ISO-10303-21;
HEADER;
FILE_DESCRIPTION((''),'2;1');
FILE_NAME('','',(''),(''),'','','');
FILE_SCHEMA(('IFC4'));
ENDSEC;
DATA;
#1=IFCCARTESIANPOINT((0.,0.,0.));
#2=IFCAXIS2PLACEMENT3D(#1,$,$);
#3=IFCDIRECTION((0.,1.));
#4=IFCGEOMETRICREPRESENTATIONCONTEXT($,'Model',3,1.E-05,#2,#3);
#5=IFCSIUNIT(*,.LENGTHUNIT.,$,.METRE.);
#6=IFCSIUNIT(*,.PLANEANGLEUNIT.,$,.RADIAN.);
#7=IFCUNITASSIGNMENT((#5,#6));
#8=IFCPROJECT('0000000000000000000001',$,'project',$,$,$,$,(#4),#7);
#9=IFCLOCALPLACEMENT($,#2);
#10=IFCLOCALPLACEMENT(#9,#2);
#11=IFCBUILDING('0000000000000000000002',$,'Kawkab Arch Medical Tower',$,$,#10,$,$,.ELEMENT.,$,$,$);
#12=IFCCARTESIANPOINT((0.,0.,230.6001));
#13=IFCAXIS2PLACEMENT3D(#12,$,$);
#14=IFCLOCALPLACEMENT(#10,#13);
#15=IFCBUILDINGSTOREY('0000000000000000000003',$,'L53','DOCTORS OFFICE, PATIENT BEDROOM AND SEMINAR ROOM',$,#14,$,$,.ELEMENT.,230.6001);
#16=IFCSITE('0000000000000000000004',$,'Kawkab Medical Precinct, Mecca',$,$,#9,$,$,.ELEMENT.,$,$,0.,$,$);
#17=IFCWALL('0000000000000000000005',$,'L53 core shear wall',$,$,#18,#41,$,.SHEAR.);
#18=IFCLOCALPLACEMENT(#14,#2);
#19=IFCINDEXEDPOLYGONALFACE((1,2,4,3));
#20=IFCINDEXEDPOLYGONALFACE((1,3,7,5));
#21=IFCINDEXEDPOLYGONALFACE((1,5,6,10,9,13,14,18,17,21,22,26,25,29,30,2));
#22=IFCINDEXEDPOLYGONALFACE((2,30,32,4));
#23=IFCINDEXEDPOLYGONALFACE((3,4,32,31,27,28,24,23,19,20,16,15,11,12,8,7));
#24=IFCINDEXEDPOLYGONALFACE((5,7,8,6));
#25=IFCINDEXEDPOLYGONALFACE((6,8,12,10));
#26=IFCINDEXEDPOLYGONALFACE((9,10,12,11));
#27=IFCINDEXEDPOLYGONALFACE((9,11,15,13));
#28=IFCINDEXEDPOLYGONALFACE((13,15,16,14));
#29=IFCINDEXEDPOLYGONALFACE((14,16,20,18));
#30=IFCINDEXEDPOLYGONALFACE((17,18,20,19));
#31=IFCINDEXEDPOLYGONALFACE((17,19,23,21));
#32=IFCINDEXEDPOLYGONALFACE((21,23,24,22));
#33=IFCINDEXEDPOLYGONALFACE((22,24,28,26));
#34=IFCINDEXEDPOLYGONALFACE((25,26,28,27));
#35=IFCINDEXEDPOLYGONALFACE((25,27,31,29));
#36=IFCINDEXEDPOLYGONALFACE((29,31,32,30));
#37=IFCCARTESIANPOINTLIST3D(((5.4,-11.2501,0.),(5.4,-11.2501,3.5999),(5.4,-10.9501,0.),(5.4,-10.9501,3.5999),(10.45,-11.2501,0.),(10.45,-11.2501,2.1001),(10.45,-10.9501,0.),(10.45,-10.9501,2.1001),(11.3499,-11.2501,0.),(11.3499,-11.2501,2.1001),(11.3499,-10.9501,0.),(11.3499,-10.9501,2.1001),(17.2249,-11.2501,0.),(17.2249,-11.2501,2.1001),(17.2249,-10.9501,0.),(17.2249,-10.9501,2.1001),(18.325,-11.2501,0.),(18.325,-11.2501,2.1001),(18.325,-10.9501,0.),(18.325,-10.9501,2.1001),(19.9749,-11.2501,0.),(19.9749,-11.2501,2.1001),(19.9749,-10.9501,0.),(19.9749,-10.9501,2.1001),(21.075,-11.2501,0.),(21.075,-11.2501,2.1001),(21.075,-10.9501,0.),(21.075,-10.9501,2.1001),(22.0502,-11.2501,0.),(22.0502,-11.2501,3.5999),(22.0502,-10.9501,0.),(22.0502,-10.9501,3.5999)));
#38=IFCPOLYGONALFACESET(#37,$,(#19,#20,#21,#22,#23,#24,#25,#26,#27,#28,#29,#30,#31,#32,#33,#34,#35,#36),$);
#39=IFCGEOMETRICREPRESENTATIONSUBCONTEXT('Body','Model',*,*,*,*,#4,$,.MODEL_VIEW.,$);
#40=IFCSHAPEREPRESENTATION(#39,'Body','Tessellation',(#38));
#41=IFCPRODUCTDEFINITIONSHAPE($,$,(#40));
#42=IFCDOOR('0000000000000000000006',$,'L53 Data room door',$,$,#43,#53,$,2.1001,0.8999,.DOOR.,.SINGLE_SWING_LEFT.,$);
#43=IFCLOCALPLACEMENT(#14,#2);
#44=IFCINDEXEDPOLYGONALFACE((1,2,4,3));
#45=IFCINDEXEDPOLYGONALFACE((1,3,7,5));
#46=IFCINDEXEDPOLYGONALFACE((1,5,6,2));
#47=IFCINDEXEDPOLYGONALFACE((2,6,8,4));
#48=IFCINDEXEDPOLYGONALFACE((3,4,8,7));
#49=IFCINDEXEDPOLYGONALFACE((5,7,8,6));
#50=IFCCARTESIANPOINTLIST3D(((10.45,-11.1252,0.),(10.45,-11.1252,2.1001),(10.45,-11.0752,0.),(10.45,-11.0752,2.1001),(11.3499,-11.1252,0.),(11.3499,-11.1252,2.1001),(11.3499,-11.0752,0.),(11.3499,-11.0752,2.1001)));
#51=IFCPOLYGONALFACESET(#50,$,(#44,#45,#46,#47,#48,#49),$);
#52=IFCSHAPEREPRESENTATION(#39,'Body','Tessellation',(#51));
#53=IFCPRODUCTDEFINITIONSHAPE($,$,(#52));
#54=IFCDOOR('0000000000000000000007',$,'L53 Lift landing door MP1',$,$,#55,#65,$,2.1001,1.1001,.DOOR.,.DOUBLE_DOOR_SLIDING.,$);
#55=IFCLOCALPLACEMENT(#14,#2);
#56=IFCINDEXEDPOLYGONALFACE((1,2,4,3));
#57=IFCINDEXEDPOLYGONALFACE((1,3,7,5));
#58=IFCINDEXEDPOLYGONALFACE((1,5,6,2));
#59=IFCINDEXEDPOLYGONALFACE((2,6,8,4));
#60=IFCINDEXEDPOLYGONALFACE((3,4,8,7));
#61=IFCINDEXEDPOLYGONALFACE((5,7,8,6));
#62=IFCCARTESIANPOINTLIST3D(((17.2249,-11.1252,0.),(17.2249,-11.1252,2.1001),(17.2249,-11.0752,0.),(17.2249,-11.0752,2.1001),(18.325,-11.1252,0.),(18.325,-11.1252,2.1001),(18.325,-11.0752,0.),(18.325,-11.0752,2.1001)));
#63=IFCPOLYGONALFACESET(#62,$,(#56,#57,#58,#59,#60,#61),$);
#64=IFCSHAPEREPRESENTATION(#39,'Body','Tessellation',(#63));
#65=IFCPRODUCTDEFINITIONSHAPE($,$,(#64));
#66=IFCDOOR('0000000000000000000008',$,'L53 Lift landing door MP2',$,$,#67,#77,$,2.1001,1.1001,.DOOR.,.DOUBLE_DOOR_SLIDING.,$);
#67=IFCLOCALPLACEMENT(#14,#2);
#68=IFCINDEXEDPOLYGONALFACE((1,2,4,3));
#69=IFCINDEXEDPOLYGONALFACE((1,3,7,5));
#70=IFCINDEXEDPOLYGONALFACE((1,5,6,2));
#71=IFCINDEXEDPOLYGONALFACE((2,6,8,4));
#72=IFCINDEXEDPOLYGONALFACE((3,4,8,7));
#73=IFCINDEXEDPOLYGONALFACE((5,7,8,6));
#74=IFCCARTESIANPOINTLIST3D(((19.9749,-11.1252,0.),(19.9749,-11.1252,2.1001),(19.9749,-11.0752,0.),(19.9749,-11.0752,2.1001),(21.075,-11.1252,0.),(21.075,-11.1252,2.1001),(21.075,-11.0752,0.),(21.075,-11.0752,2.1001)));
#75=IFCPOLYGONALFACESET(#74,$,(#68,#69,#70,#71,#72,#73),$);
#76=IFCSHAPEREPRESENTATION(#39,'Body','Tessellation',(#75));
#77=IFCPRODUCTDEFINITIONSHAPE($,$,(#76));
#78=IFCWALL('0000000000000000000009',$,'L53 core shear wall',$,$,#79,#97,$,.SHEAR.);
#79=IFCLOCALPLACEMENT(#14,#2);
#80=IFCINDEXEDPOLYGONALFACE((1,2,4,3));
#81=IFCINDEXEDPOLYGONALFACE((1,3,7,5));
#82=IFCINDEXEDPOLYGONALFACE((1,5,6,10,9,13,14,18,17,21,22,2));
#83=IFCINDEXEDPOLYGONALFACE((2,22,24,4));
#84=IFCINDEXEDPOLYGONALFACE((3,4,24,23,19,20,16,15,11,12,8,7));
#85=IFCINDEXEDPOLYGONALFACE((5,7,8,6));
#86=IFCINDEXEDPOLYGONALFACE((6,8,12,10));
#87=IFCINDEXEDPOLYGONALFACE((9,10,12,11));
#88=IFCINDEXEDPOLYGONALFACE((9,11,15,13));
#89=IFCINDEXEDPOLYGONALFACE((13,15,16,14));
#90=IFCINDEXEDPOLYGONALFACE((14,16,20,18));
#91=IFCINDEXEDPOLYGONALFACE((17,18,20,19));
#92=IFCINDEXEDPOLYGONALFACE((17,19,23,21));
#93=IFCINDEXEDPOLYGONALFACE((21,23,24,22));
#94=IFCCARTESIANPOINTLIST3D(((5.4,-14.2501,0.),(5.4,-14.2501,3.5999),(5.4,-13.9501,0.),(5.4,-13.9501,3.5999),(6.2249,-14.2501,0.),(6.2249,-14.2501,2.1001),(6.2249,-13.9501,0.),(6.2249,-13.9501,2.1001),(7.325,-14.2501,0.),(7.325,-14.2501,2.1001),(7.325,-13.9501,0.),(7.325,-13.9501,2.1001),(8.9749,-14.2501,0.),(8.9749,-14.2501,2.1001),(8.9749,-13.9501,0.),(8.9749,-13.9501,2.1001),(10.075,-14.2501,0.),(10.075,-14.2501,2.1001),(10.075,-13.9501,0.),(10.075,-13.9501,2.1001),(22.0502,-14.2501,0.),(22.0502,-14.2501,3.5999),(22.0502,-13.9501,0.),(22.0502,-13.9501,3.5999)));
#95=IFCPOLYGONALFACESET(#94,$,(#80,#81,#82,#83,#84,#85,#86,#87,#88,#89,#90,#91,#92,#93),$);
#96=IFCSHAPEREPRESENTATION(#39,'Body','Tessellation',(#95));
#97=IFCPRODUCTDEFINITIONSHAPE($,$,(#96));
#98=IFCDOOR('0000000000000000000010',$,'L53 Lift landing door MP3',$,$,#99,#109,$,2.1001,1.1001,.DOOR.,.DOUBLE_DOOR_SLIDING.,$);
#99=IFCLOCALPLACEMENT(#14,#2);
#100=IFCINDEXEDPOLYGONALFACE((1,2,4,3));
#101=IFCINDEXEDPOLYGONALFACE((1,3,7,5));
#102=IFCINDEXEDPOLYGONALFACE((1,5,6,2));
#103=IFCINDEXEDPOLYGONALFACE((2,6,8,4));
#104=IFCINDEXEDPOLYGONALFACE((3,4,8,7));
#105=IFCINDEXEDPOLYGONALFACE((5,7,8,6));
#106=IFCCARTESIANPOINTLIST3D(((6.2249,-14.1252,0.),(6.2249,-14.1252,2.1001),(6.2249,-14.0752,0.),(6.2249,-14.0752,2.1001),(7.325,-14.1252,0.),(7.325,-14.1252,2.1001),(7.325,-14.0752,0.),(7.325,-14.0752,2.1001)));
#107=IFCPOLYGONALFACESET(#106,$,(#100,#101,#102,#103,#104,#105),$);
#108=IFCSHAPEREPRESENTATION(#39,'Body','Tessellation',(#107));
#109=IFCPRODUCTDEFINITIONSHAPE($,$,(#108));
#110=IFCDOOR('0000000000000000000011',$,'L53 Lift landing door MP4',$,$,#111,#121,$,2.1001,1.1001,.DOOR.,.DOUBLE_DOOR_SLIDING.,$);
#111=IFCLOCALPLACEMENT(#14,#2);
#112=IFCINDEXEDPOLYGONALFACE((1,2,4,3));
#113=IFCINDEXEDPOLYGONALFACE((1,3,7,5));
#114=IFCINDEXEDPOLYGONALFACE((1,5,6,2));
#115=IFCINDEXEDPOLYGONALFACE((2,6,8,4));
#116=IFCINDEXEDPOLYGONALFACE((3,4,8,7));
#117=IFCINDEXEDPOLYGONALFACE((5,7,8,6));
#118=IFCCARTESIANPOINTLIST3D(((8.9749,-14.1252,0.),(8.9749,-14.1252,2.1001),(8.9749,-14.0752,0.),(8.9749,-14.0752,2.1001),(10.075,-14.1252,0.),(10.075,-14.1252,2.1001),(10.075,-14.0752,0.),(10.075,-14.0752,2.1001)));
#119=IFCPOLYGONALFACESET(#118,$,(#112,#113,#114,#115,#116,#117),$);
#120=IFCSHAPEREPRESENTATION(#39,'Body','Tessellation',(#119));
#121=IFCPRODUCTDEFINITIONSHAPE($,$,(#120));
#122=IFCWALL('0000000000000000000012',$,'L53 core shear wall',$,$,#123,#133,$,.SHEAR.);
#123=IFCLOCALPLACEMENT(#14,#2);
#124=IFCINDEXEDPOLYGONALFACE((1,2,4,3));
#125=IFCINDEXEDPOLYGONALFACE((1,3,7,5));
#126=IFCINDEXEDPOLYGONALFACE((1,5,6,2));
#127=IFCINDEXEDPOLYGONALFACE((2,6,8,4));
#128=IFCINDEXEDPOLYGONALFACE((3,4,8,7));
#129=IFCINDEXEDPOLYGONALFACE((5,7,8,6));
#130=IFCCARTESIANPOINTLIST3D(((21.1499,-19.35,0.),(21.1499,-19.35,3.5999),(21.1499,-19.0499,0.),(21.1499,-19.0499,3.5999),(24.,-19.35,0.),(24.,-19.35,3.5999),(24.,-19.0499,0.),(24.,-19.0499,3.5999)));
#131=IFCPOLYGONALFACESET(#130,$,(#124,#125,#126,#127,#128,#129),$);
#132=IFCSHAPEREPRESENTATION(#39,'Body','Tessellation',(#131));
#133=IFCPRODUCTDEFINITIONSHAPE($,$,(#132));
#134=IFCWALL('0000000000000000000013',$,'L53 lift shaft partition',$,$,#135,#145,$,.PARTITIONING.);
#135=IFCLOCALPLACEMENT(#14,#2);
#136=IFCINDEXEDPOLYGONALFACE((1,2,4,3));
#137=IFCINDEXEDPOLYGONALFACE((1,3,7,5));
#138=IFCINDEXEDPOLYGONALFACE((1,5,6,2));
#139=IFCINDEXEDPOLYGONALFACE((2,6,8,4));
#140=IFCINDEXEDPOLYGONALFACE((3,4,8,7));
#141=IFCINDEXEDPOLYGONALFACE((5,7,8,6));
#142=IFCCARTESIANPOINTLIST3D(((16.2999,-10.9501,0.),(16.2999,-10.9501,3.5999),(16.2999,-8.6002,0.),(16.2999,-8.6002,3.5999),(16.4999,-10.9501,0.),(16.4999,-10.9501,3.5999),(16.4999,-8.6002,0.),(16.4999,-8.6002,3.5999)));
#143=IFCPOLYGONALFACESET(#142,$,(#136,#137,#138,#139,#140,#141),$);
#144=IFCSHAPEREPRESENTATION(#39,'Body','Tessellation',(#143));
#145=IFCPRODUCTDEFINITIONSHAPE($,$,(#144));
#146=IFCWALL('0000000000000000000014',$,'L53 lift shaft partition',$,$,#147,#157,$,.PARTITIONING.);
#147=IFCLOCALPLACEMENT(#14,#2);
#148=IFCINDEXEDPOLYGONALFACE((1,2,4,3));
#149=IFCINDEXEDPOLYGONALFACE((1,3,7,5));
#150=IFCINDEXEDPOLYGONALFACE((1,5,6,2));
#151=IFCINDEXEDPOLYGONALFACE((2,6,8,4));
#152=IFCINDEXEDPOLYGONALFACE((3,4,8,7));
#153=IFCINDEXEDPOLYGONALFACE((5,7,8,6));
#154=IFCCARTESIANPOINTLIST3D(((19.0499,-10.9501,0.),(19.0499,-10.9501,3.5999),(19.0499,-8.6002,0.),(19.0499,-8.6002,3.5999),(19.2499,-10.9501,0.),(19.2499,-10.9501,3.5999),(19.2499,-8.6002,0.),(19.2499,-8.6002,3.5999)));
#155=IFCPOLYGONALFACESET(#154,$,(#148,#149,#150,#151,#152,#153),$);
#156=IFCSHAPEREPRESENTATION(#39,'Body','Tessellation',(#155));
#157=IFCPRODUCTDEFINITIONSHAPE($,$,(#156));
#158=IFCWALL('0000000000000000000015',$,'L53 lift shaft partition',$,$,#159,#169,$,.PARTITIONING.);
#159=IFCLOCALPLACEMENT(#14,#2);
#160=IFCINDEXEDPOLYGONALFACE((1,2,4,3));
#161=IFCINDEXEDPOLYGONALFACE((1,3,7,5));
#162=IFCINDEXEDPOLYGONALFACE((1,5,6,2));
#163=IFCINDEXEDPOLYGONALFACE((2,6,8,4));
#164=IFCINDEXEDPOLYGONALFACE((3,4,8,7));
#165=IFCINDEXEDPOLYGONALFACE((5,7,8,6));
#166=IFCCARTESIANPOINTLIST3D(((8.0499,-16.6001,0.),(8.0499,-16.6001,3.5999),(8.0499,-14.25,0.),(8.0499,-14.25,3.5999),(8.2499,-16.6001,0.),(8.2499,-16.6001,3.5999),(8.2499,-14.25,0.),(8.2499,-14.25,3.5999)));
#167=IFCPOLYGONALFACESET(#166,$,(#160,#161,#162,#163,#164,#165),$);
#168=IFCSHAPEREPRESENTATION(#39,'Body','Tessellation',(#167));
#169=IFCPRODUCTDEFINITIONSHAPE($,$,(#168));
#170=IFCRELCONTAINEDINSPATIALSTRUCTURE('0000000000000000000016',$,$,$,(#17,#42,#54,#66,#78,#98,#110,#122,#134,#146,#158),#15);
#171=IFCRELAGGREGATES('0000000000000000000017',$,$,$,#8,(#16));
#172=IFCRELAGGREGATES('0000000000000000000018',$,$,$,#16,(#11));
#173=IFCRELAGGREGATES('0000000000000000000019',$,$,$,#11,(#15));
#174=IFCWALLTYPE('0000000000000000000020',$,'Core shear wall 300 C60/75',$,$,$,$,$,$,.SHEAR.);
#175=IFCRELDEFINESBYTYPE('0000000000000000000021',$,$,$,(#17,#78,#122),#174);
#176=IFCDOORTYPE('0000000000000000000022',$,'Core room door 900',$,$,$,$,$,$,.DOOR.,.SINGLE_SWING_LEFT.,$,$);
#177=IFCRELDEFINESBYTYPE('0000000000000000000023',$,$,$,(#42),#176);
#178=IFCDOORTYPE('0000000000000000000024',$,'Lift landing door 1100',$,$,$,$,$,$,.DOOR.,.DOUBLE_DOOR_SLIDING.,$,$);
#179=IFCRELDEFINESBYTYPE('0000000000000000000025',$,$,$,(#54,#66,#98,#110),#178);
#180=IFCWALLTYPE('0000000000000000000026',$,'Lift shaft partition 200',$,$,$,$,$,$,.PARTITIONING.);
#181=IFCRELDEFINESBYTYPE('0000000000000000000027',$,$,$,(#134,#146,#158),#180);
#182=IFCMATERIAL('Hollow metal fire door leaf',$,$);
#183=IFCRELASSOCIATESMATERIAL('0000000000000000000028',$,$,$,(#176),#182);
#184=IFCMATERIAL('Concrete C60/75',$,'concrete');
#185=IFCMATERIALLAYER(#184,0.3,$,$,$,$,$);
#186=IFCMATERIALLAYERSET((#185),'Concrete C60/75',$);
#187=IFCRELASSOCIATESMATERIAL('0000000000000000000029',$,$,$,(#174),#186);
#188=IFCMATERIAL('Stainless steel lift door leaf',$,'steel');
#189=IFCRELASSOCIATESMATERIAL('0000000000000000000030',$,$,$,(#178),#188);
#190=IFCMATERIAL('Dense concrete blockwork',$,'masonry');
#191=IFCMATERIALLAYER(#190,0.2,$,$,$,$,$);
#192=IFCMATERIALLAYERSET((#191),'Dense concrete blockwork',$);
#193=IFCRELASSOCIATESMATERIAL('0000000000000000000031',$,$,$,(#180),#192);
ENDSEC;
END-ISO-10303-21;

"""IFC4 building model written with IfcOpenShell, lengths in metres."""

from ifc_helpers import new_model, si_unit, direction, frame, frame_2d, origin, place, context, subcontext, project, spatial, rectangle, extrude, material, layer, layer_set, type_object, element, fill, save


model = new_model("IFC4")

# Units and contexts
model_context = context("Model", 3, precision=1e-05, world=origin(), true_north=direction((0.0, 1.0)))
body_context = subcontext(model_context, "Body", "Model", "MODEL_VIEW")
ifc_project = project(units=[si_unit("LENGTHUNIT", "METRE"), si_unit("PLANEANGLEUNIT", "RADIAN")], contexts=[model_context])

# Site, building, storey
site_placement = place(None, origin())
site = spatial("IfcSite", under=ifc_project, at=site_placement, Name="Kawkab Medical Precinct, Mecca", CompositionType="ELEMENT", RefElevation=0.0)
building_placement = place(site_placement, origin())
building = spatial("IfcBuilding", under=site, at=building_placement, Name="Kawkab Arch Medical Tower", CompositionType="ELEMENT")
storey_placement = place(building_placement, frame((0.0, 0.0, 230.6001)))
storey = spatial("IfcBuildingStorey", under=building, at=storey_placement, Name="L53", Description="DOCTORS OFFICE, PATIENT BEDROOM AND SEMINAR ROOM", CompositionType="ELEMENT", Elevation=230.6001)

# Shared definitions
ifc_material_1 = material(Name="Hollow metal fire door leaf")
door_type_1 = type_object("IfcDoorType", Name="Core room door 900", OperationType="SINGLE_SWING_LEFT", PredefinedType="DOOR", material=ifc_material_1)

# Shared definitions
ifc_material_2 = material(Name="Concrete C60/75", Category="concrete")
ifc_layer_1 = layer(ifc_material_2, 0.3)
ifc_layer_set_1 = layer_set([ifc_layer_1], Name="Concrete C60/75")
wall_type_1 = type_object("IfcWallType", Name="Core shear wall 300 C60/75", PredefinedType="SHEAR", material=ifc_layer_set_1)

# Walls, openings, doors
wall_1_placement = place(storey_placement, frame((5.3999, -11.1001, 0.0), z_axis=(0.0, 0.0, 1.0), x_axis=(1.0, 0.0, 0.0)))
wall_1 = element("IfcWall", 1, at=wall_1_placement, inside=storey, type_object=wall_type_1, Name="L53 core shear wall", PredefinedType="SHEAR", context=body_context, shape_type="SweptSolid", body=[
    extrude(rectangle(XDim=16.6501, YDim=0.3, at=frame_2d((8.3252, 0.0))), origin(), (0.0, 0.0, 1.0), 3.5999),
])
opening_1_placement = place(wall_1_placement, frame((11.825, 0.0, 0.0)))
opening_1 = element("IfcOpeningElement", 2, at=opening_1_placement, cuts=wall_1, PredefinedType="OPENING", context=body_context, shape_type="SweptSolid", body=[
    extrude(rectangle(XDim=1.1001, YDim=2.1001, at=frame_2d((0.55, 1.05))), frame((0.0, 0.1599, 0.0), z_axis=(0.0, -1.0, 0.0), x_axis=(1.0, 0.0, 0.0)), (0.0, 0.0, 1.0), 0.3201),
])
opening_2_placement = place(wall_1_placement, frame((14.575, 0.0, 0.0)))
opening_2 = element("IfcOpeningElement", 3, at=opening_2_placement, cuts=wall_1, PredefinedType="OPENING", context=body_context, shape_type="SweptSolid", body=[
    extrude(rectangle(XDim=1.1001, YDim=2.1001, at=frame_2d((0.55, 1.05))), frame((0.0, 0.1599, 0.0), z_axis=(0.0, -1.0, 0.0), x_axis=(1.0, 0.0, 0.0)), (0.0, 0.0, 1.0), 0.3201),
])
opening_3_placement = place(wall_1_placement, frame((5.05, 0.0, 0.0)))
opening_3 = element("IfcOpeningElement", 4, at=opening_3_placement, cuts=wall_1, PredefinedType="OPENING", context=body_context, shape_type="SweptSolid", body=[
    extrude(rectangle(XDim=0.8999, YDim=2.1001, at=frame_2d((0.45, 1.05))), frame((0.0, 0.1599, 0.0), z_axis=(0.0, -1.0, 0.0), x_axis=(1.0, 0.0, 0.0)), (0.0, 0.0, 1.0), 0.3201),
])
door_1_placement = place(opening_3_placement, origin())
door_1 = element("IfcDoor", 5, at=door_1_placement, inside=storey, type_object=door_type_1, Name="L53 Data room door", OperationType="SINGLE_SWING_LEFT", OverallHeight=2.1001, OverallWidth=0.8999, PredefinedType="DOOR", context=body_context, shape_type="SweptSolid", body=[
    extrude(rectangle(XDim=0.8999, YDim=2.1001, at=frame_2d((0.45, 1.05))), frame((0.0, 0.0249, 0.0), z_axis=(0.0, -1.0, 0.0), x_axis=(1.0, 0.0, 0.0)), (0.0, 0.0, 1.0), 0.05),
])
fill(opening_3, door_1)
ifc_material_3 = material(Name="Stainless steel lift door leaf", Category="steel")
door_type_2 = type_object("IfcDoorType", Name="Lift landing door 1100", OperationType="DOUBLE_DOOR_SLIDING", PredefinedType="DOOR", material=ifc_material_3)
door_2_placement = place(opening_1_placement, origin())
door_2 = element("IfcDoor", 6, at=door_2_placement, inside=storey, type_object=door_type_2, Name="L53 Lift landing door MP1", OperationType="DOUBLE_DOOR_SLIDING", OverallHeight=2.1001, OverallWidth=1.1001, PredefinedType="DOOR", context=body_context, shape_type="SweptSolid", body=[
    extrude(rectangle(XDim=1.1001, YDim=2.1001, at=frame_2d((0.55, 1.05))), frame((0.0, 0.0249, 0.0), z_axis=(0.0, -1.0, 0.0), x_axis=(1.0, 0.0, 0.0)), (0.0, 0.0, 1.0), 0.05),
])
fill(opening_1, door_2)
door_3_placement = place(opening_2_placement, origin())
door_3 = element("IfcDoor", 7, at=door_3_placement, inside=storey, type_object=door_type_2, Name="L53 Lift landing door MP2", OperationType="DOUBLE_DOOR_SLIDING", OverallHeight=2.1001, OverallWidth=1.1001, PredefinedType="DOOR", context=body_context, shape_type="SweptSolid", body=[
    extrude(rectangle(XDim=1.1001, YDim=2.1001, at=frame_2d((0.55, 1.05))), frame((0.0, 0.0249, 0.0), z_axis=(0.0, -1.0, 0.0), x_axis=(1.0, 0.0, 0.0)), (0.0, 0.0, 1.0), 0.05),
])
fill(opening_2, door_3)
wall_2_placement = place(storey_placement, frame((5.3999, -14.1001, 0.0), z_axis=(0.0, 0.0, 1.0), x_axis=(1.0, 0.0, 0.0)))
wall_2 = element("IfcWall", 8, at=wall_2_placement, inside=storey, type_object=wall_type_1, Name="L53 core shear wall", PredefinedType="SHEAR", context=body_context, shape_type="SweptSolid", body=[
    extrude(rectangle(XDim=16.6501, YDim=0.3, at=frame_2d((8.3252, 0.0))), origin(), (0.0, 0.0, 1.0), 3.5999),
])
opening_4_placement = place(wall_2_placement, frame((0.825, 0.0, 0.0)))
opening_4 = element("IfcOpeningElement", 9, at=opening_4_placement, cuts=wall_2, PredefinedType="OPENING", context=body_context, shape_type="SweptSolid", body=[
    extrude(rectangle(XDim=1.1001, YDim=2.1001, at=frame_2d((0.55, 1.05))), frame((0.0, 0.1599, 0.0), z_axis=(0.0, -1.0, 0.0), x_axis=(1.0, 0.0, 0.0)), (0.0, 0.0, 1.0), 0.3201),
])
opening_5_placement = place(wall_2_placement, frame((3.575, 0.0, 0.0)))
opening_5 = element("IfcOpeningElement", 10, at=opening_5_placement, cuts=wall_2, PredefinedType="OPENING", context=body_context, shape_type="SweptSolid", body=[
    extrude(rectangle(XDim=1.1001, YDim=2.1001, at=frame_2d((0.55, 1.05))), frame((0.0, 0.1599, 0.0), z_axis=(0.0, -1.0, 0.0), x_axis=(1.0, 0.0, 0.0)), (0.0, 0.0, 1.0), 0.3201),
])
door_4_placement = place(opening_4_placement, origin())
door_4 = element("IfcDoor", 11, at=door_4_placement, inside=storey, type_object=door_type_2, Name="L53 Lift landing door MP3", OperationType="DOUBLE_DOOR_SLIDING", OverallHeight=2.1001, OverallWidth=1.1001, PredefinedType="DOOR", context=body_context, shape_type="SweptSolid", body=[
    extrude(rectangle(XDim=1.1001, YDim=2.1001, at=frame_2d((0.55, 1.05))), frame((0.0, 0.0249, 0.0), z_axis=(0.0, -1.0, 0.0), x_axis=(1.0, 0.0, 0.0)), (0.0, 0.0, 1.0), 0.05),
])
fill(opening_4, door_4)
door_5_placement = place(opening_5_placement, origin())
door_5 = element("IfcDoor", 12, at=door_5_placement, inside=storey, type_object=door_type_2, Name="L53 Lift landing door MP4", OperationType="DOUBLE_DOOR_SLIDING", OverallHeight=2.1001, OverallWidth=1.1001, PredefinedType="DOOR", context=body_context, shape_type="SweptSolid", body=[
    extrude(rectangle(XDim=1.1001, YDim=2.1001, at=frame_2d((0.55, 1.05))), frame((0.0, 0.0249, 0.0), z_axis=(0.0, -1.0, 0.0), x_axis=(1.0, 0.0, 0.0)), (0.0, 0.0, 1.0), 0.05),
])
fill(opening_5, door_5)

# Walls
wall_3_placement = place(storey_placement, frame((21.1499, -19.2, 0.0), z_axis=(0.0, 0.0, 1.0), x_axis=(1.0, 0.0, 0.0)))
element("IfcWall", 13, at=wall_3_placement, inside=storey, type_object=wall_type_1, Name="L53 core shear wall", PredefinedType="SHEAR", context=body_context, shape_type="SweptSolid", body=[
    extrude(rectangle(XDim=2.8501, YDim=0.3, at=frame_2d((1.425, 0.0))), origin(), (0.0, 0.0, 1.0), 3.5999),
])
ifc_material_4 = material(Name="Dense concrete blockwork", Category="masonry")
ifc_layer_2 = layer(ifc_material_4, 0.2)
ifc_layer_set_2 = layer_set([ifc_layer_2], Name="Dense concrete blockwork")
wall_type_2 = type_object("IfcWallType", Name="Lift shaft partition 200", PredefinedType="PARTITIONING", material=ifc_layer_set_2)
for number, where, z_axis, x_axis, name in (
    (14, (16.3999, -10.95, 0.0), (0.0, 0.0, 1.0), (0.0, 1.0, 0.0), "L53 lift shaft partition"),
    (15, (19.1499, -10.95, 0.0), (0.0, 0.0, 1.0), (0.0, 1.0, 0.0), "L53 lift shaft partition"),
):
    element("IfcWall", number, at=place(storey_placement, frame(where, z_axis=z_axis, x_axis=x_axis)), inside=storey, type_object=wall_type_2, Name=name, PredefinedType="PARTITIONING", context=body_context, shape_type="SweptSolid", body=[
        extrude(rectangle(XDim=2.3499, YDim=0.2, at=frame_2d((1.1748, 0.0))), origin(), (0.0, 0.0, 1.0), 3.5999),
    ])
for number, where, z_axis, x_axis, name in (
    (16, (8.1499, -16.6001, 0.0), (0.0, 0.0, 1.0), (0.0, 1.0, 0.0), "L53 lift shaft partition"),
):
    element("IfcWall", number, at=place(storey_placement, frame(where, z_axis=z_axis, x_axis=x_axis)), inside=storey, type_object=wall_type_2, Name=name, PredefinedType="PARTITIONING", context=body_context, shape_type="SweptSolid", body=[
        extrude(rectangle(XDim=2.3501, YDim=0.2, at=frame_2d((1.175, 0.0))), origin(), (0.0, 0.0, 1.0), 3.5999),
    ])

save(model, "model.ifc")
